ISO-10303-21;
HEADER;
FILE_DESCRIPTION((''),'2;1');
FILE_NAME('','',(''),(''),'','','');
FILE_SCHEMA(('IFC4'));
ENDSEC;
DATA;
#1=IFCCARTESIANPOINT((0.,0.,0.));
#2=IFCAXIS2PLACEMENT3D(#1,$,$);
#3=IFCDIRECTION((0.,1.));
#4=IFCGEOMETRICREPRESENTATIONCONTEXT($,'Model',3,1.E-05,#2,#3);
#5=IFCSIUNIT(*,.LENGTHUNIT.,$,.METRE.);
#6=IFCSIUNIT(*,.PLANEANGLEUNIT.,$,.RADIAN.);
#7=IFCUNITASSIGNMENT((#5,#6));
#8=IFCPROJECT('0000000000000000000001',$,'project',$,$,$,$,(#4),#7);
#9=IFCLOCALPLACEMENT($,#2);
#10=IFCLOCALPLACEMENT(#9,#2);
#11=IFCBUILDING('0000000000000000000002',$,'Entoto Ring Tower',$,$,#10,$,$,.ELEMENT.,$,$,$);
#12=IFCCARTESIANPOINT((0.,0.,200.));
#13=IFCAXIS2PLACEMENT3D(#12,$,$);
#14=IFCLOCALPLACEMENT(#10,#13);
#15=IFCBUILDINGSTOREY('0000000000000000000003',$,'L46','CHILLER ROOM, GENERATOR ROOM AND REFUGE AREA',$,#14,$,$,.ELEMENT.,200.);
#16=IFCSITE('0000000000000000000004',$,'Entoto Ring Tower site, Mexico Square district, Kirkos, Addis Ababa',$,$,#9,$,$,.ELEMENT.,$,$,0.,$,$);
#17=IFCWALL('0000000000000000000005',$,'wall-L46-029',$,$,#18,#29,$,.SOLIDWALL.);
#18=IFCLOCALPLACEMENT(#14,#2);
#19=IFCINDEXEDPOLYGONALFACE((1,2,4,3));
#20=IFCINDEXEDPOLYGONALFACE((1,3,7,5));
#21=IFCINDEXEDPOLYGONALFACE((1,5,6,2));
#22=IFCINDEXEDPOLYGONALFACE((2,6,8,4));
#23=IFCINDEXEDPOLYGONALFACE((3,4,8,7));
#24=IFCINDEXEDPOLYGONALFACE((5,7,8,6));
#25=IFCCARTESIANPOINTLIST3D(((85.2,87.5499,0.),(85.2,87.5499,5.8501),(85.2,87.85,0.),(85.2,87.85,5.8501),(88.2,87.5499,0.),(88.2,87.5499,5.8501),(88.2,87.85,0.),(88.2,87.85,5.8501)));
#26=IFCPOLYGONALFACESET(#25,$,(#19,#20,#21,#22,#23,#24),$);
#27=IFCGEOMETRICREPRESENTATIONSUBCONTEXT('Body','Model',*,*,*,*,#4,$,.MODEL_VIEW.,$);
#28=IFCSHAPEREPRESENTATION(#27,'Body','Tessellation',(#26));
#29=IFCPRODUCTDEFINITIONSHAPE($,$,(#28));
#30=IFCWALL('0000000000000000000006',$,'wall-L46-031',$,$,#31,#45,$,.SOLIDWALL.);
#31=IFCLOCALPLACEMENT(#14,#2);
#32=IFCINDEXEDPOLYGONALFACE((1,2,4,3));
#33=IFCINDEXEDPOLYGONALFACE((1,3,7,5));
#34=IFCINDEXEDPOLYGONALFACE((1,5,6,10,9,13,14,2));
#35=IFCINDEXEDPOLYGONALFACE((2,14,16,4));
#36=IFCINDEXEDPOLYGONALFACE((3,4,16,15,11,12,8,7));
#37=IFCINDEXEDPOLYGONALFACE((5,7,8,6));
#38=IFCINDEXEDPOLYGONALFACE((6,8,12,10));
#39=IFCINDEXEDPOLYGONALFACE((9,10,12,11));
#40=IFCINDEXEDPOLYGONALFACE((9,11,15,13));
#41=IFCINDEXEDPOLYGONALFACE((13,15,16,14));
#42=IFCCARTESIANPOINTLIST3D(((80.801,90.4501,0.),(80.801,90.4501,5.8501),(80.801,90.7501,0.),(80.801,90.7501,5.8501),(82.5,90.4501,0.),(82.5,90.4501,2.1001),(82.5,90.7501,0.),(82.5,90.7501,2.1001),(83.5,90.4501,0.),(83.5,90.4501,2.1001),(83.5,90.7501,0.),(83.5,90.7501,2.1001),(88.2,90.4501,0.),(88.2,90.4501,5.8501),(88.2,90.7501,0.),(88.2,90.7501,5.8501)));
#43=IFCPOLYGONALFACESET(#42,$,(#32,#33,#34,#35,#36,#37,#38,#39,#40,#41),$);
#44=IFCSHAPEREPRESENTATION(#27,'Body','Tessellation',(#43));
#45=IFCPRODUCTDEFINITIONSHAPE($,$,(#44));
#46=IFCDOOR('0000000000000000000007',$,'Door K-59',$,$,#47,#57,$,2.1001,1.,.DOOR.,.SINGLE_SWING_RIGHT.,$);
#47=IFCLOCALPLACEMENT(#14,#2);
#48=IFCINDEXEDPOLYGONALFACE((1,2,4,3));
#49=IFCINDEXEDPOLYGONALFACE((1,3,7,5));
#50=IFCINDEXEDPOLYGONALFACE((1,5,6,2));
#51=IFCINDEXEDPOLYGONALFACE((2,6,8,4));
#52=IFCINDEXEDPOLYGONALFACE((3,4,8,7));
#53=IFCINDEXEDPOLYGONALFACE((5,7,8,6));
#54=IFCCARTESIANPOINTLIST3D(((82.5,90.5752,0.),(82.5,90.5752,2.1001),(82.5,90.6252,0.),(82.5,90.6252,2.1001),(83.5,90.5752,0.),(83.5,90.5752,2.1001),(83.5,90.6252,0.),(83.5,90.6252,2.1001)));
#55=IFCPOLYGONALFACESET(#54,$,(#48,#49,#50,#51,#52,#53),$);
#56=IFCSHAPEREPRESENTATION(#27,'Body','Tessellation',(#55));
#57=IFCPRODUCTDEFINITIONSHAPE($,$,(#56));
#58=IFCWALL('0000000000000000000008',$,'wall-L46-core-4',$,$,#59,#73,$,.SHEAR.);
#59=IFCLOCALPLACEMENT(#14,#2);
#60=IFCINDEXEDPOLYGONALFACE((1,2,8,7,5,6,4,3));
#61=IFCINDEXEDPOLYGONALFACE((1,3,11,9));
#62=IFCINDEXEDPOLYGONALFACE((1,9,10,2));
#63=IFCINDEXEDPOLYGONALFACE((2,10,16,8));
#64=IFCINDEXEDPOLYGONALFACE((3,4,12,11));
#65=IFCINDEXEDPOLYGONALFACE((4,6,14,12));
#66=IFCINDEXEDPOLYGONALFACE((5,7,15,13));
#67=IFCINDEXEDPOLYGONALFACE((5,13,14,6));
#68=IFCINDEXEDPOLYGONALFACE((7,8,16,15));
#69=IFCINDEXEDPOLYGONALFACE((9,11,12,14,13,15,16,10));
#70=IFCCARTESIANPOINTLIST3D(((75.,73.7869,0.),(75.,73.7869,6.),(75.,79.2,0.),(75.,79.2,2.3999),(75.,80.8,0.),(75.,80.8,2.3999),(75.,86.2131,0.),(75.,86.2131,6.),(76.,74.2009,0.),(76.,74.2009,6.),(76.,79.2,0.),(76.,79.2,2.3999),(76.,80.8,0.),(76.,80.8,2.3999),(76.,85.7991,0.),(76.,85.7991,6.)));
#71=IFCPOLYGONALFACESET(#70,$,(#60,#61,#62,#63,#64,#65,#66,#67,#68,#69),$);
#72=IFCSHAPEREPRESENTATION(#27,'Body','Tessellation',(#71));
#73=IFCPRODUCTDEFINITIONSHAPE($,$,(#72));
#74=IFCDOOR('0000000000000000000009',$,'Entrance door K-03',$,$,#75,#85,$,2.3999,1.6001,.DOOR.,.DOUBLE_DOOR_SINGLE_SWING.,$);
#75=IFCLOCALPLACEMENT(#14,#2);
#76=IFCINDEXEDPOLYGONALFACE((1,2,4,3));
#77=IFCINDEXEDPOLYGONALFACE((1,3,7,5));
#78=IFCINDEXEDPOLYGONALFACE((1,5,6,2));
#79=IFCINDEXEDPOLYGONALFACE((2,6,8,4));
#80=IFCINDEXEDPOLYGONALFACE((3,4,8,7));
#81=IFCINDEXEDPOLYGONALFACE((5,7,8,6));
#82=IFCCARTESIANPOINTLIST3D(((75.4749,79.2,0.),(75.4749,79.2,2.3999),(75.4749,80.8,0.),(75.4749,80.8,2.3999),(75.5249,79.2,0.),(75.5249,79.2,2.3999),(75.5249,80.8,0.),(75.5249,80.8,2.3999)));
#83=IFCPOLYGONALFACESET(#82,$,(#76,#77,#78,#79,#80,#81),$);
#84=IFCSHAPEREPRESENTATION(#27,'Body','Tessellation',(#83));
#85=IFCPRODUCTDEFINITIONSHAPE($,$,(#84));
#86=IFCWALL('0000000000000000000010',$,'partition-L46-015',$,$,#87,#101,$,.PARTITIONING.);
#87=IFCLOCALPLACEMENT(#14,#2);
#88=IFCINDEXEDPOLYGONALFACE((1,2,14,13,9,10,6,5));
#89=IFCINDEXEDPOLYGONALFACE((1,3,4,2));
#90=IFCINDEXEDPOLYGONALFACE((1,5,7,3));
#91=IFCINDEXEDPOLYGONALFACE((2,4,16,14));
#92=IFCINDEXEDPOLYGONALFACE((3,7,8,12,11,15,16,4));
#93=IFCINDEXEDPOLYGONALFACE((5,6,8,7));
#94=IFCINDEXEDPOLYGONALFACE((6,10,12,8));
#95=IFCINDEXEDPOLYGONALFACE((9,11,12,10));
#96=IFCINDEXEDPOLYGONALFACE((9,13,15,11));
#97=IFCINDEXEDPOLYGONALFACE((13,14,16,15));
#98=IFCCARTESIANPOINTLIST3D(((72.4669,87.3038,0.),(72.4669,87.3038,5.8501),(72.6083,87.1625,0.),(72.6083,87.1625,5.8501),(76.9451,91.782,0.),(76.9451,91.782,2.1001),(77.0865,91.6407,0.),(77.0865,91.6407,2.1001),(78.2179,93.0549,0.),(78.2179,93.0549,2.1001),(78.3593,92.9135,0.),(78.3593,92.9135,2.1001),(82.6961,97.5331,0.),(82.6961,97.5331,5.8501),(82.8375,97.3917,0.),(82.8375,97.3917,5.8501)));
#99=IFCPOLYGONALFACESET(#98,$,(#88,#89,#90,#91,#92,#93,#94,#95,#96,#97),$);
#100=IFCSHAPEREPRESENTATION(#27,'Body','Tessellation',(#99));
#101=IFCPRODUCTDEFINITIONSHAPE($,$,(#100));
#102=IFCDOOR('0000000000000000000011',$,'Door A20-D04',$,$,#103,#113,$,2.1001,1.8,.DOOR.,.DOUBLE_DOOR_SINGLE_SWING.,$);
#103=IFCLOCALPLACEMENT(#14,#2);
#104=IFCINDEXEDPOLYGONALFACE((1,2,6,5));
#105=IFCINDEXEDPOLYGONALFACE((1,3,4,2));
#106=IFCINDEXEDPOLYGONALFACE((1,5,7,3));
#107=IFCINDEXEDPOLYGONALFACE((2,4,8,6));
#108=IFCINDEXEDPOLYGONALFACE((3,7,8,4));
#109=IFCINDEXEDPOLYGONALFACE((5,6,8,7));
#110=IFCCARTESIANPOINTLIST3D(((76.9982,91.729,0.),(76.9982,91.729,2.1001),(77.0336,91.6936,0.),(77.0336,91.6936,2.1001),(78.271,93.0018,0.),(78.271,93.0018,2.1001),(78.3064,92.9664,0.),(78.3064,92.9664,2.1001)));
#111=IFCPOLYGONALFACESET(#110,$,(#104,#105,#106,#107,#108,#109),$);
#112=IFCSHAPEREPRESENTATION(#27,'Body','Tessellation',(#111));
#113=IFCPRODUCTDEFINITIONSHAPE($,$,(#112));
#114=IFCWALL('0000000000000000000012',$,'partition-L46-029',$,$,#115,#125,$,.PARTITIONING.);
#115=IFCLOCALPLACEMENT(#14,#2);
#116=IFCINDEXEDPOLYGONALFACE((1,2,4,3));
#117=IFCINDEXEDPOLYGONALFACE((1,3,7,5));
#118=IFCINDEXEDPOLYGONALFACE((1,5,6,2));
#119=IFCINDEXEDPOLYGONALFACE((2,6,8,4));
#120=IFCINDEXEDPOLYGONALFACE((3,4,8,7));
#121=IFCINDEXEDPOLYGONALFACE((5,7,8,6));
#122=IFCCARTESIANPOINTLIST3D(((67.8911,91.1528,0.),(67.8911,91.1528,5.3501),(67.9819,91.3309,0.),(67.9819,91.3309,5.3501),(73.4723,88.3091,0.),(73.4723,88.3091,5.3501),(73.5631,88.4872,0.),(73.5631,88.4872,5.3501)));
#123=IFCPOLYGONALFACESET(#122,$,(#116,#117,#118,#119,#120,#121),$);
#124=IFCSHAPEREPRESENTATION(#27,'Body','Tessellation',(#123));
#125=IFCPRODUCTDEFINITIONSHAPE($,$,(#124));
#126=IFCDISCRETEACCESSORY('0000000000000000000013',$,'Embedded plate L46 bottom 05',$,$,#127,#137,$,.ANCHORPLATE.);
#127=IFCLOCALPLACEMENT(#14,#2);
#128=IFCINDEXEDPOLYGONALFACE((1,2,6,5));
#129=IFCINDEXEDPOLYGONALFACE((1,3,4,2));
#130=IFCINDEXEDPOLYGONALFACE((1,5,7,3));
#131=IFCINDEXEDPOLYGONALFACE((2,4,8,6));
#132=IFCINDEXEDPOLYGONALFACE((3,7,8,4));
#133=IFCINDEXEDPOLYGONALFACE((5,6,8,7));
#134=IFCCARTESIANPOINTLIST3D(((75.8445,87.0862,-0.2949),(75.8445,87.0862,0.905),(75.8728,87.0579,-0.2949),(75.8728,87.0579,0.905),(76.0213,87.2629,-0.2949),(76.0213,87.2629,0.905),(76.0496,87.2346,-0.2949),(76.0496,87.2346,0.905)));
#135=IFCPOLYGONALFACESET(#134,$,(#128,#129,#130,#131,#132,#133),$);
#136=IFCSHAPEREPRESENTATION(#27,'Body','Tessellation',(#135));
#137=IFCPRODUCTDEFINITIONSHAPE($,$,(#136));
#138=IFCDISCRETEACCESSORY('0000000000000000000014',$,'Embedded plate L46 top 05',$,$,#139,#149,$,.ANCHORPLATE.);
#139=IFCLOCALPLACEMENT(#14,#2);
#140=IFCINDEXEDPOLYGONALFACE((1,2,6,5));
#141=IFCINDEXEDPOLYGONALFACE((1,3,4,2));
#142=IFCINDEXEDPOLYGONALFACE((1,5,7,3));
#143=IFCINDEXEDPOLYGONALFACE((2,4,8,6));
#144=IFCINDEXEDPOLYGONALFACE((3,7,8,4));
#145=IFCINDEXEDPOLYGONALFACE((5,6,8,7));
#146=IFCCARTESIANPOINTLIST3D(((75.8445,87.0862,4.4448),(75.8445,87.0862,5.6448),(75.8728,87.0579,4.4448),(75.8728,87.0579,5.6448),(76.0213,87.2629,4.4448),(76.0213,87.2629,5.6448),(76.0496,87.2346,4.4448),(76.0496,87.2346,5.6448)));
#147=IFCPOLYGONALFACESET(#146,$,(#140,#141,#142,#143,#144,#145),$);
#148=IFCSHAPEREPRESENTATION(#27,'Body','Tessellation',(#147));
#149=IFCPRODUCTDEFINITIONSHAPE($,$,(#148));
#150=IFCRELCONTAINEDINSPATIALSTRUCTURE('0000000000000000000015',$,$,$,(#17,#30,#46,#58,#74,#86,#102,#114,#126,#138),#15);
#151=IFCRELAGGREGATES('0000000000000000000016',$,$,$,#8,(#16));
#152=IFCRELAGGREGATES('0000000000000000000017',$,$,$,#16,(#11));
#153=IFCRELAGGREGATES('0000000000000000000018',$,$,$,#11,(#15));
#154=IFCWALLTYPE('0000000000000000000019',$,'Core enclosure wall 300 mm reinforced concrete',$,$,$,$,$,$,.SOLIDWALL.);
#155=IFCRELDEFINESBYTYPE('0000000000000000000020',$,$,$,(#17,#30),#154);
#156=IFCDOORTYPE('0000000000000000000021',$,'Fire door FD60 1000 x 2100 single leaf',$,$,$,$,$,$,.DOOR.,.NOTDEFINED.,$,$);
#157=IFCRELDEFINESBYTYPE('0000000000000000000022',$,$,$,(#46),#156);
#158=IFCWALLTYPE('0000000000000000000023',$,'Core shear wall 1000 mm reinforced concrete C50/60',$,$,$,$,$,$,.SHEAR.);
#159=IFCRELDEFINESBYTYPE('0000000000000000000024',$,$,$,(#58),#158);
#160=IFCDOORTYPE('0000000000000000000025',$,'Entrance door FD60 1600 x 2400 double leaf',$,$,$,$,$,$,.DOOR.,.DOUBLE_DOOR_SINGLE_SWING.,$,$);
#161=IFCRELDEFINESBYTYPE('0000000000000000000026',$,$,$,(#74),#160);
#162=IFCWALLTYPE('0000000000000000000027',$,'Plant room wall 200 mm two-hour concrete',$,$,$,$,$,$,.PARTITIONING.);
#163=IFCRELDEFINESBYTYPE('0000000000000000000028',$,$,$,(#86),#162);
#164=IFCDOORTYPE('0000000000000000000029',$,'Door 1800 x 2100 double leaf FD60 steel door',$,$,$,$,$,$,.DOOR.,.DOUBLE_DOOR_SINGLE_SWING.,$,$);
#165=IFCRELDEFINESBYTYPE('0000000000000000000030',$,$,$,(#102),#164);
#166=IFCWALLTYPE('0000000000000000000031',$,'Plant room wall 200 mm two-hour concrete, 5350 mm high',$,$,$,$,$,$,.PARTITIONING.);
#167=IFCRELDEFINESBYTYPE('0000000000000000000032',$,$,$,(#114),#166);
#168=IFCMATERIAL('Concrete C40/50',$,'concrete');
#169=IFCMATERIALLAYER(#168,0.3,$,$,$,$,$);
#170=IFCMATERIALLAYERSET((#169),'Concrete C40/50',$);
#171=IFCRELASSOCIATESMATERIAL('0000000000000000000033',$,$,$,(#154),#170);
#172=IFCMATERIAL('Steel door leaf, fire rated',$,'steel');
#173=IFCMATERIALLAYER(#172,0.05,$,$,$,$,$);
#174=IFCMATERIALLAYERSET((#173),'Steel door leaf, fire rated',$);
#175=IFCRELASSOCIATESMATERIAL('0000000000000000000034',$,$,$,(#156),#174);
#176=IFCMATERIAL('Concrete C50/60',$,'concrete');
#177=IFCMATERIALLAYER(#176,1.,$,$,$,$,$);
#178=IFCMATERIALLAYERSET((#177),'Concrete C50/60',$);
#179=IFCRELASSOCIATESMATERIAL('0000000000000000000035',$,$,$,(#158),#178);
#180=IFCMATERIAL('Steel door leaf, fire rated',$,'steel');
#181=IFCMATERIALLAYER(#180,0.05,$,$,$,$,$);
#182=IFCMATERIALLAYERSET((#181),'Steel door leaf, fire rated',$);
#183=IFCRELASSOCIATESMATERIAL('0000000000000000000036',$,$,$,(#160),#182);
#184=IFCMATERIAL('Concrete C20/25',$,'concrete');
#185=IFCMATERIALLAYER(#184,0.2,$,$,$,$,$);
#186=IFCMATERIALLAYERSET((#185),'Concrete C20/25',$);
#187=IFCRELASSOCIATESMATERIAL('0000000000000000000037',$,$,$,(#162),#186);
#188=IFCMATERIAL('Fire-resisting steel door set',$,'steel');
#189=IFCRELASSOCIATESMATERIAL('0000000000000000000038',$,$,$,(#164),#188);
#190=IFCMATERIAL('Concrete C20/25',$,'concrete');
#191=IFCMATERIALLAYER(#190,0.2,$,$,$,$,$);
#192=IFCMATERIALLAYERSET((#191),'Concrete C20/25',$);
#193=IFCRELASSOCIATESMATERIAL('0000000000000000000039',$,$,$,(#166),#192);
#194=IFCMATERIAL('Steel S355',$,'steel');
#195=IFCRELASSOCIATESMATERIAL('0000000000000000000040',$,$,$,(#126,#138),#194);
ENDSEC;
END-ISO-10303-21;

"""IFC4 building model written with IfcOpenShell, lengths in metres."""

from ifc_helpers import new_model, si_unit, direction, frame, frame_2d, origin, origin_2d, place, context, subcontext, project, spatial, polyline, rectangle, outline, extrude, material, layer, layer_set, type_object, element, fill, save


model = new_model("IFC4")

# Units and contexts
model_context = context("Model", 3, precision=1e-05, world=origin(), true_north=direction((0.0, 1.0)))
body_context = subcontext(model_context, "Body", "Model", "MODEL_VIEW")
ifc_project = project(units=[si_unit("LENGTHUNIT", "METRE"), si_unit("PLANEANGLEUNIT", "RADIAN")], contexts=[model_context])

# Site, building, storey
site_placement = place(None, origin())
site = spatial("IfcSite", under=ifc_project, at=site_placement, Name="Entoto Ring Tower site, Mexico Square district, Kirkos, Addis Ababa", CompositionType="ELEMENT", RefElevation=0.0)
building_placement = place(site_placement, origin())
building = spatial("IfcBuilding", under=site, at=building_placement, Name="Entoto Ring Tower", CompositionType="ELEMENT")
storey_placement = place(building_placement, frame((0.0, 0.0, 200.0)))
storey = spatial("IfcBuildingStorey", under=building, at=storey_placement, Name="L46", Description="CHILLER ROOM, GENERATOR ROOM AND REFUGE AREA", CompositionType="ELEMENT", Elevation=200.0)

# Wall
ifc_material_1 = material(Name="Concrete C40/50", Category="concrete")
ifc_layer_1 = layer(ifc_material_1, 0.3)
ifc_layer_set_1 = layer_set([ifc_layer_1], Name="Concrete C40/50")
wall_type_1 = type_object("IfcWallType", Name="Core enclosure wall 300 mm reinforced concrete", PredefinedType="SOLIDWALL", material=ifc_layer_set_1)
wall_1_placement = place(storey_placement, frame((85.2, 87.7, 0.0), z_axis=(0.0, 0.0, 1.0), x_axis=(1.0, 0.0, 0.0)))
element("IfcWall", 1, at=wall_1_placement, inside=storey, type_object=wall_type_1, Name="wall-L46-029", PredefinedType="SOLIDWALL", context=body_context, shape_type="SweptSolid", body=[
    extrude(rectangle(XDim=3.0, YDim=0.3, at=frame_2d((1.5, 0.0))), origin(), (0.0, 0.0, 1.0), 5.8501),
])

# Walls, openings, doors
wall_2_placement = place(storey_placement, frame((80.801, 90.6001, 0.0), z_axis=(0.0, 0.0, 1.0), x_axis=(1.0, 0.0, 0.0)))
wall_2 = element("IfcWall", 2, at=wall_2_placement, inside=storey, type_object=wall_type_1, Name="wall-L46-031", PredefinedType="SOLIDWALL", context=body_context, shape_type="SweptSolid", body=[
    extrude(rectangle(XDim=7.3989, YDim=0.3, at=frame_2d((3.6995, 0.0))), origin(), (0.0, 0.0, 1.0), 5.8501),
])
opening_1_placement = place(wall_2_placement, frame((1.699, 0.0, 0.0)))
opening_1 = element("IfcOpeningElement", 3, at=opening_1_placement, cuts=wall_2, PredefinedType="OPENING", context=body_context, shape_type="SweptSolid", body=[
    extrude(rectangle(XDim=1.0, YDim=2.1001, at=frame_2d((0.5, 1.05))), frame((0.0, 0.1602, 0.0), z_axis=(0.0, -1.0, 0.0), x_axis=(1.0, 0.0, 0.0)), (0.0, 0.0, 1.0), 0.3201),
])
ifc_material_2 = material(Name="Steel door leaf, fire rated", Category="steel")
ifc_layer_2 = layer(ifc_material_2, 0.05)
ifc_layer_set_2 = layer_set([ifc_layer_2], Name="Steel door leaf, fire rated")
door_type_1 = type_object("IfcDoorType", Name="Fire door FD60 1000 x 2100 single leaf", OperationType="NOTDEFINED", PredefinedType="DOOR", material=ifc_layer_set_2)
door_1_placement = place(opening_1_placement, frame((1.0, 0.0, 0.0), z_axis=(0.0, 0.0, 1.0), x_axis=(-1.0, 0.0, 0.0)))
door_1 = element("IfcDoor", 4, at=door_1_placement, inside=storey, type_object=door_type_1, Name="Door K-59", OperationType="SINGLE_SWING_RIGHT", OverallHeight=2.1001, OverallWidth=1.0, PredefinedType="DOOR", context=body_context, shape_type="SweptSolid", body=[
    extrude(rectangle(XDim=1.0, YDim=2.1001, at=frame_2d((0.5, 1.05))), frame((0.0, 0.0249, 0.0), z_axis=(0.0, -1.0, 0.0), x_axis=(1.0, 0.0, 0.0)), (0.0, 0.0, 1.0), 0.05),
])
fill(opening_1, door_1)
ifc_material_3 = material(Name="Concrete C50/60", Category="concrete")
ifc_layer_3 = layer(ifc_material_3, 1.0)
ifc_layer_set_3 = layer_set([ifc_layer_3], Name="Concrete C50/60")
wall_type_2 = type_object("IfcWallType", Name="Core shear wall 1000 mm reinforced concrete C50/60", PredefinedType="SHEAR", material=ifc_layer_set_3)
wall_3_placement = place(storey_placement, frame((75.5, 86.0061, 0.0), z_axis=(0.0, 0.0, 1.0), x_axis=(0.0, -1.0, 0.0)))
wall_3 = element("IfcWall", 5, at=wall_3_placement, inside=storey, type_object=wall_type_2, Name="wall-L46-core-4", PredefinedType="SHEAR", context=body_context, shape_type="SweptSolid", body=[
    extrude(outline(polyline([(-0.207, -0.5), (12.2192, -0.5), (11.8052, 0.5), (0.207, 0.5), (-0.207, -0.5)])), origin(), (0.0, 0.0, 1.0), 6.0),
])
opening_2_placement = place(wall_3_placement, frame((5.2061, 0.0, 0.0)))
opening_2 = element("IfcOpeningElement", 6, at=opening_2_placement, cuts=wall_3, PredefinedType="OPENING", context=body_context, shape_type="SweptSolid", body=[
    extrude(rectangle(XDim=1.6001, YDim=2.3999, at=frame_2d((0.8, 1.2))), frame((0.0, 0.51, 0.0), z_axis=(0.0, -1.0, 0.0), x_axis=(1.0, 0.0, 0.0)), (0.0, 0.0, 1.0), 1.02),
])
ifc_material_4 = material(Name="Steel door leaf, fire rated", Category="steel")
ifc_layer_4 = layer(ifc_material_4, 0.05)
ifc_layer_set_4 = layer_set([ifc_layer_4], Name="Steel door leaf, fire rated")
door_type_2 = type_object("IfcDoorType", Name="Entrance door FD60 1600 x 2400 double leaf", OperationType="DOUBLE_DOOR_SINGLE_SWING", PredefinedType="DOOR", material=ifc_layer_set_4)
door_2_placement = place(opening_2_placement, origin())
door_2 = element("IfcDoor", 7, at=door_2_placement, inside=storey, type_object=door_type_2, Name="Entrance door K-03", OperationType="DOUBLE_DOOR_SINGLE_SWING", OverallHeight=2.3999, OverallWidth=1.6001, PredefinedType="DOOR", context=body_context, shape_type="SweptSolid", body=[
    extrude(rectangle(XDim=1.6001, YDim=2.3999, at=frame_2d((0.8, 1.2))), frame((0.0, 0.0249, 0.0), z_axis=(0.0, -1.0, 0.0), x_axis=(1.0, 0.0, 0.0)), (0.0, 0.0, 1.0), 0.05),
])
fill(opening_2, door_2)
ifc_material_5 = material(Name="Concrete C20/25", Category="concrete")
ifc_layer_5 = layer(ifc_material_5, 0.2)
ifc_layer_set_5 = layer_set([ifc_layer_5], Name="Concrete C20/25")
wall_type_3 = type_object("IfcWallType", Name="Plant room wall 200 mm two-hour concrete", PredefinedType="PARTITIONING", material=ifc_layer_set_5)
wall_4_placement = place(storey_placement, frame((72.5376, 87.2332, 0.0), z_axis=(0.0, 0.0, 1.0), x_axis=(0.707107, 0.707107, 0.0)))
wall_4 = element("IfcWall", 8, at=wall_4_placement, inside=storey, type_object=wall_type_3, Name="partition-L46-015", PredefinedType="PARTITIONING", context=body_context, shape_type="SweptSolid", body=[
    extrude(rectangle(XDim=14.4663, YDim=0.2, at=frame_2d((7.2332, 0.0))), origin(), (0.0, 0.0, 1.0), 5.8501),
])
opening_3_placement = place(wall_4_placement, frame((6.3333, 0.0, 0.0)))
opening_3 = element("IfcOpeningElement", 9, at=opening_3_placement, cuts=wall_4, PredefinedType="OPENING", context=body_context, shape_type="SweptSolid", body=[
    extrude(rectangle(XDim=1.8, YDim=2.1001, at=frame_2d((0.8999, 1.05))), frame((0.0, 0.1099, 0.0), z_axis=(0.0, -1.0, 0.0), x_axis=(1.0, 0.0, 0.0)), (0.0, 0.0, 1.0), 0.22),
])
ifc_material_6 = material(Name="Fire-resisting steel door set", Category="steel")
door_type_3 = type_object("IfcDoorType", Name="Door 1800 x 2100 double leaf FD60 steel door", OperationType="DOUBLE_DOOR_SINGLE_SWING", PredefinedType="DOOR", material=ifc_material_6)
door_3_placement = place(opening_3_placement, origin())
door_3 = element("IfcDoor", 10, at=door_3_placement, inside=storey, type_object=door_type_3, Name="Door A20-D04", OperationType="DOUBLE_DOOR_SINGLE_SWING", OverallHeight=2.1001, OverallWidth=1.8, PredefinedType="DOOR", context=body_context, shape_type="SweptSolid", body=[
    extrude(rectangle(XDim=1.8, YDim=2.1001, at=frame_2d((0.8999, 1.05))), frame((0.0, 0.0249, 0.0), z_axis=(0.0, -1.0, 0.0), x_axis=(1.0, 0.0, 0.0)), (0.0, 0.0, 1.0), 0.05),
])
fill(opening_3, door_3)

# Wall
ifc_material_7 = material(Name="Concrete C20/25", Category="concrete")
ifc_layer_6 = layer(ifc_material_7, 0.2)
ifc_layer_set_6 = layer_set([ifc_layer_6], Name="Concrete C20/25")
wall_type_4 = type_object("IfcWallType", Name="Plant room wall 200 mm two-hour concrete, 5350 mm high", PredefinedType="PARTITIONING", material=ifc_layer_set_6)
wall_5_placement = place(storey_placement, frame((73.5176, 88.3982, 0.0), z_axis=(0.0, 0.0, 1.0), x_axis=(-0.891011, 0.453982, 0.0)))
element("IfcWall", 11, at=wall_5_placement, inside=storey, type_object=wall_type_4, Name="partition-L46-029", PredefinedType="PARTITIONING", context=body_context, shape_type="SweptSolid", body=[
    extrude(rectangle(XDim=6.2639, YDim=0.2, at=frame_2d((3.1318, 0.0))), origin(), (0.0, 0.0, 1.0), 5.3501),
])

# Discrete accessories
ifc_material_8 = material(Name="Steel S355", Category="steel")
for number, where, z_axis, x_axis, name in (
    (12, (75.947, 87.1604, -0.2949), (0.0, 0.0, 1.0), (-0.707107, 0.707107, 0.0), "Embedded plate L46 bottom 05"),
    (13, (75.947, 87.1604, 4.4448), (0.0, 0.0, 1.0), (-0.707107, 0.707107, 0.0), "Embedded plate L46 top 05"),
):
    element("IfcDiscreteAccessory", number, at=place(storey_placement, frame(where, z_axis=z_axis, x_axis=x_axis)), inside=storey, material=ifc_material_8, Name=name, PredefinedType="ANCHORPLATE", context=body_context, shape_type="SweptSolid", body=[
        extrude(rectangle(XDim=0.04, YDim=0.25, at=origin_2d()), origin(), (0.0, 0.0, 1.0), 1.2),
    ])

save(model, "model.ifc")
